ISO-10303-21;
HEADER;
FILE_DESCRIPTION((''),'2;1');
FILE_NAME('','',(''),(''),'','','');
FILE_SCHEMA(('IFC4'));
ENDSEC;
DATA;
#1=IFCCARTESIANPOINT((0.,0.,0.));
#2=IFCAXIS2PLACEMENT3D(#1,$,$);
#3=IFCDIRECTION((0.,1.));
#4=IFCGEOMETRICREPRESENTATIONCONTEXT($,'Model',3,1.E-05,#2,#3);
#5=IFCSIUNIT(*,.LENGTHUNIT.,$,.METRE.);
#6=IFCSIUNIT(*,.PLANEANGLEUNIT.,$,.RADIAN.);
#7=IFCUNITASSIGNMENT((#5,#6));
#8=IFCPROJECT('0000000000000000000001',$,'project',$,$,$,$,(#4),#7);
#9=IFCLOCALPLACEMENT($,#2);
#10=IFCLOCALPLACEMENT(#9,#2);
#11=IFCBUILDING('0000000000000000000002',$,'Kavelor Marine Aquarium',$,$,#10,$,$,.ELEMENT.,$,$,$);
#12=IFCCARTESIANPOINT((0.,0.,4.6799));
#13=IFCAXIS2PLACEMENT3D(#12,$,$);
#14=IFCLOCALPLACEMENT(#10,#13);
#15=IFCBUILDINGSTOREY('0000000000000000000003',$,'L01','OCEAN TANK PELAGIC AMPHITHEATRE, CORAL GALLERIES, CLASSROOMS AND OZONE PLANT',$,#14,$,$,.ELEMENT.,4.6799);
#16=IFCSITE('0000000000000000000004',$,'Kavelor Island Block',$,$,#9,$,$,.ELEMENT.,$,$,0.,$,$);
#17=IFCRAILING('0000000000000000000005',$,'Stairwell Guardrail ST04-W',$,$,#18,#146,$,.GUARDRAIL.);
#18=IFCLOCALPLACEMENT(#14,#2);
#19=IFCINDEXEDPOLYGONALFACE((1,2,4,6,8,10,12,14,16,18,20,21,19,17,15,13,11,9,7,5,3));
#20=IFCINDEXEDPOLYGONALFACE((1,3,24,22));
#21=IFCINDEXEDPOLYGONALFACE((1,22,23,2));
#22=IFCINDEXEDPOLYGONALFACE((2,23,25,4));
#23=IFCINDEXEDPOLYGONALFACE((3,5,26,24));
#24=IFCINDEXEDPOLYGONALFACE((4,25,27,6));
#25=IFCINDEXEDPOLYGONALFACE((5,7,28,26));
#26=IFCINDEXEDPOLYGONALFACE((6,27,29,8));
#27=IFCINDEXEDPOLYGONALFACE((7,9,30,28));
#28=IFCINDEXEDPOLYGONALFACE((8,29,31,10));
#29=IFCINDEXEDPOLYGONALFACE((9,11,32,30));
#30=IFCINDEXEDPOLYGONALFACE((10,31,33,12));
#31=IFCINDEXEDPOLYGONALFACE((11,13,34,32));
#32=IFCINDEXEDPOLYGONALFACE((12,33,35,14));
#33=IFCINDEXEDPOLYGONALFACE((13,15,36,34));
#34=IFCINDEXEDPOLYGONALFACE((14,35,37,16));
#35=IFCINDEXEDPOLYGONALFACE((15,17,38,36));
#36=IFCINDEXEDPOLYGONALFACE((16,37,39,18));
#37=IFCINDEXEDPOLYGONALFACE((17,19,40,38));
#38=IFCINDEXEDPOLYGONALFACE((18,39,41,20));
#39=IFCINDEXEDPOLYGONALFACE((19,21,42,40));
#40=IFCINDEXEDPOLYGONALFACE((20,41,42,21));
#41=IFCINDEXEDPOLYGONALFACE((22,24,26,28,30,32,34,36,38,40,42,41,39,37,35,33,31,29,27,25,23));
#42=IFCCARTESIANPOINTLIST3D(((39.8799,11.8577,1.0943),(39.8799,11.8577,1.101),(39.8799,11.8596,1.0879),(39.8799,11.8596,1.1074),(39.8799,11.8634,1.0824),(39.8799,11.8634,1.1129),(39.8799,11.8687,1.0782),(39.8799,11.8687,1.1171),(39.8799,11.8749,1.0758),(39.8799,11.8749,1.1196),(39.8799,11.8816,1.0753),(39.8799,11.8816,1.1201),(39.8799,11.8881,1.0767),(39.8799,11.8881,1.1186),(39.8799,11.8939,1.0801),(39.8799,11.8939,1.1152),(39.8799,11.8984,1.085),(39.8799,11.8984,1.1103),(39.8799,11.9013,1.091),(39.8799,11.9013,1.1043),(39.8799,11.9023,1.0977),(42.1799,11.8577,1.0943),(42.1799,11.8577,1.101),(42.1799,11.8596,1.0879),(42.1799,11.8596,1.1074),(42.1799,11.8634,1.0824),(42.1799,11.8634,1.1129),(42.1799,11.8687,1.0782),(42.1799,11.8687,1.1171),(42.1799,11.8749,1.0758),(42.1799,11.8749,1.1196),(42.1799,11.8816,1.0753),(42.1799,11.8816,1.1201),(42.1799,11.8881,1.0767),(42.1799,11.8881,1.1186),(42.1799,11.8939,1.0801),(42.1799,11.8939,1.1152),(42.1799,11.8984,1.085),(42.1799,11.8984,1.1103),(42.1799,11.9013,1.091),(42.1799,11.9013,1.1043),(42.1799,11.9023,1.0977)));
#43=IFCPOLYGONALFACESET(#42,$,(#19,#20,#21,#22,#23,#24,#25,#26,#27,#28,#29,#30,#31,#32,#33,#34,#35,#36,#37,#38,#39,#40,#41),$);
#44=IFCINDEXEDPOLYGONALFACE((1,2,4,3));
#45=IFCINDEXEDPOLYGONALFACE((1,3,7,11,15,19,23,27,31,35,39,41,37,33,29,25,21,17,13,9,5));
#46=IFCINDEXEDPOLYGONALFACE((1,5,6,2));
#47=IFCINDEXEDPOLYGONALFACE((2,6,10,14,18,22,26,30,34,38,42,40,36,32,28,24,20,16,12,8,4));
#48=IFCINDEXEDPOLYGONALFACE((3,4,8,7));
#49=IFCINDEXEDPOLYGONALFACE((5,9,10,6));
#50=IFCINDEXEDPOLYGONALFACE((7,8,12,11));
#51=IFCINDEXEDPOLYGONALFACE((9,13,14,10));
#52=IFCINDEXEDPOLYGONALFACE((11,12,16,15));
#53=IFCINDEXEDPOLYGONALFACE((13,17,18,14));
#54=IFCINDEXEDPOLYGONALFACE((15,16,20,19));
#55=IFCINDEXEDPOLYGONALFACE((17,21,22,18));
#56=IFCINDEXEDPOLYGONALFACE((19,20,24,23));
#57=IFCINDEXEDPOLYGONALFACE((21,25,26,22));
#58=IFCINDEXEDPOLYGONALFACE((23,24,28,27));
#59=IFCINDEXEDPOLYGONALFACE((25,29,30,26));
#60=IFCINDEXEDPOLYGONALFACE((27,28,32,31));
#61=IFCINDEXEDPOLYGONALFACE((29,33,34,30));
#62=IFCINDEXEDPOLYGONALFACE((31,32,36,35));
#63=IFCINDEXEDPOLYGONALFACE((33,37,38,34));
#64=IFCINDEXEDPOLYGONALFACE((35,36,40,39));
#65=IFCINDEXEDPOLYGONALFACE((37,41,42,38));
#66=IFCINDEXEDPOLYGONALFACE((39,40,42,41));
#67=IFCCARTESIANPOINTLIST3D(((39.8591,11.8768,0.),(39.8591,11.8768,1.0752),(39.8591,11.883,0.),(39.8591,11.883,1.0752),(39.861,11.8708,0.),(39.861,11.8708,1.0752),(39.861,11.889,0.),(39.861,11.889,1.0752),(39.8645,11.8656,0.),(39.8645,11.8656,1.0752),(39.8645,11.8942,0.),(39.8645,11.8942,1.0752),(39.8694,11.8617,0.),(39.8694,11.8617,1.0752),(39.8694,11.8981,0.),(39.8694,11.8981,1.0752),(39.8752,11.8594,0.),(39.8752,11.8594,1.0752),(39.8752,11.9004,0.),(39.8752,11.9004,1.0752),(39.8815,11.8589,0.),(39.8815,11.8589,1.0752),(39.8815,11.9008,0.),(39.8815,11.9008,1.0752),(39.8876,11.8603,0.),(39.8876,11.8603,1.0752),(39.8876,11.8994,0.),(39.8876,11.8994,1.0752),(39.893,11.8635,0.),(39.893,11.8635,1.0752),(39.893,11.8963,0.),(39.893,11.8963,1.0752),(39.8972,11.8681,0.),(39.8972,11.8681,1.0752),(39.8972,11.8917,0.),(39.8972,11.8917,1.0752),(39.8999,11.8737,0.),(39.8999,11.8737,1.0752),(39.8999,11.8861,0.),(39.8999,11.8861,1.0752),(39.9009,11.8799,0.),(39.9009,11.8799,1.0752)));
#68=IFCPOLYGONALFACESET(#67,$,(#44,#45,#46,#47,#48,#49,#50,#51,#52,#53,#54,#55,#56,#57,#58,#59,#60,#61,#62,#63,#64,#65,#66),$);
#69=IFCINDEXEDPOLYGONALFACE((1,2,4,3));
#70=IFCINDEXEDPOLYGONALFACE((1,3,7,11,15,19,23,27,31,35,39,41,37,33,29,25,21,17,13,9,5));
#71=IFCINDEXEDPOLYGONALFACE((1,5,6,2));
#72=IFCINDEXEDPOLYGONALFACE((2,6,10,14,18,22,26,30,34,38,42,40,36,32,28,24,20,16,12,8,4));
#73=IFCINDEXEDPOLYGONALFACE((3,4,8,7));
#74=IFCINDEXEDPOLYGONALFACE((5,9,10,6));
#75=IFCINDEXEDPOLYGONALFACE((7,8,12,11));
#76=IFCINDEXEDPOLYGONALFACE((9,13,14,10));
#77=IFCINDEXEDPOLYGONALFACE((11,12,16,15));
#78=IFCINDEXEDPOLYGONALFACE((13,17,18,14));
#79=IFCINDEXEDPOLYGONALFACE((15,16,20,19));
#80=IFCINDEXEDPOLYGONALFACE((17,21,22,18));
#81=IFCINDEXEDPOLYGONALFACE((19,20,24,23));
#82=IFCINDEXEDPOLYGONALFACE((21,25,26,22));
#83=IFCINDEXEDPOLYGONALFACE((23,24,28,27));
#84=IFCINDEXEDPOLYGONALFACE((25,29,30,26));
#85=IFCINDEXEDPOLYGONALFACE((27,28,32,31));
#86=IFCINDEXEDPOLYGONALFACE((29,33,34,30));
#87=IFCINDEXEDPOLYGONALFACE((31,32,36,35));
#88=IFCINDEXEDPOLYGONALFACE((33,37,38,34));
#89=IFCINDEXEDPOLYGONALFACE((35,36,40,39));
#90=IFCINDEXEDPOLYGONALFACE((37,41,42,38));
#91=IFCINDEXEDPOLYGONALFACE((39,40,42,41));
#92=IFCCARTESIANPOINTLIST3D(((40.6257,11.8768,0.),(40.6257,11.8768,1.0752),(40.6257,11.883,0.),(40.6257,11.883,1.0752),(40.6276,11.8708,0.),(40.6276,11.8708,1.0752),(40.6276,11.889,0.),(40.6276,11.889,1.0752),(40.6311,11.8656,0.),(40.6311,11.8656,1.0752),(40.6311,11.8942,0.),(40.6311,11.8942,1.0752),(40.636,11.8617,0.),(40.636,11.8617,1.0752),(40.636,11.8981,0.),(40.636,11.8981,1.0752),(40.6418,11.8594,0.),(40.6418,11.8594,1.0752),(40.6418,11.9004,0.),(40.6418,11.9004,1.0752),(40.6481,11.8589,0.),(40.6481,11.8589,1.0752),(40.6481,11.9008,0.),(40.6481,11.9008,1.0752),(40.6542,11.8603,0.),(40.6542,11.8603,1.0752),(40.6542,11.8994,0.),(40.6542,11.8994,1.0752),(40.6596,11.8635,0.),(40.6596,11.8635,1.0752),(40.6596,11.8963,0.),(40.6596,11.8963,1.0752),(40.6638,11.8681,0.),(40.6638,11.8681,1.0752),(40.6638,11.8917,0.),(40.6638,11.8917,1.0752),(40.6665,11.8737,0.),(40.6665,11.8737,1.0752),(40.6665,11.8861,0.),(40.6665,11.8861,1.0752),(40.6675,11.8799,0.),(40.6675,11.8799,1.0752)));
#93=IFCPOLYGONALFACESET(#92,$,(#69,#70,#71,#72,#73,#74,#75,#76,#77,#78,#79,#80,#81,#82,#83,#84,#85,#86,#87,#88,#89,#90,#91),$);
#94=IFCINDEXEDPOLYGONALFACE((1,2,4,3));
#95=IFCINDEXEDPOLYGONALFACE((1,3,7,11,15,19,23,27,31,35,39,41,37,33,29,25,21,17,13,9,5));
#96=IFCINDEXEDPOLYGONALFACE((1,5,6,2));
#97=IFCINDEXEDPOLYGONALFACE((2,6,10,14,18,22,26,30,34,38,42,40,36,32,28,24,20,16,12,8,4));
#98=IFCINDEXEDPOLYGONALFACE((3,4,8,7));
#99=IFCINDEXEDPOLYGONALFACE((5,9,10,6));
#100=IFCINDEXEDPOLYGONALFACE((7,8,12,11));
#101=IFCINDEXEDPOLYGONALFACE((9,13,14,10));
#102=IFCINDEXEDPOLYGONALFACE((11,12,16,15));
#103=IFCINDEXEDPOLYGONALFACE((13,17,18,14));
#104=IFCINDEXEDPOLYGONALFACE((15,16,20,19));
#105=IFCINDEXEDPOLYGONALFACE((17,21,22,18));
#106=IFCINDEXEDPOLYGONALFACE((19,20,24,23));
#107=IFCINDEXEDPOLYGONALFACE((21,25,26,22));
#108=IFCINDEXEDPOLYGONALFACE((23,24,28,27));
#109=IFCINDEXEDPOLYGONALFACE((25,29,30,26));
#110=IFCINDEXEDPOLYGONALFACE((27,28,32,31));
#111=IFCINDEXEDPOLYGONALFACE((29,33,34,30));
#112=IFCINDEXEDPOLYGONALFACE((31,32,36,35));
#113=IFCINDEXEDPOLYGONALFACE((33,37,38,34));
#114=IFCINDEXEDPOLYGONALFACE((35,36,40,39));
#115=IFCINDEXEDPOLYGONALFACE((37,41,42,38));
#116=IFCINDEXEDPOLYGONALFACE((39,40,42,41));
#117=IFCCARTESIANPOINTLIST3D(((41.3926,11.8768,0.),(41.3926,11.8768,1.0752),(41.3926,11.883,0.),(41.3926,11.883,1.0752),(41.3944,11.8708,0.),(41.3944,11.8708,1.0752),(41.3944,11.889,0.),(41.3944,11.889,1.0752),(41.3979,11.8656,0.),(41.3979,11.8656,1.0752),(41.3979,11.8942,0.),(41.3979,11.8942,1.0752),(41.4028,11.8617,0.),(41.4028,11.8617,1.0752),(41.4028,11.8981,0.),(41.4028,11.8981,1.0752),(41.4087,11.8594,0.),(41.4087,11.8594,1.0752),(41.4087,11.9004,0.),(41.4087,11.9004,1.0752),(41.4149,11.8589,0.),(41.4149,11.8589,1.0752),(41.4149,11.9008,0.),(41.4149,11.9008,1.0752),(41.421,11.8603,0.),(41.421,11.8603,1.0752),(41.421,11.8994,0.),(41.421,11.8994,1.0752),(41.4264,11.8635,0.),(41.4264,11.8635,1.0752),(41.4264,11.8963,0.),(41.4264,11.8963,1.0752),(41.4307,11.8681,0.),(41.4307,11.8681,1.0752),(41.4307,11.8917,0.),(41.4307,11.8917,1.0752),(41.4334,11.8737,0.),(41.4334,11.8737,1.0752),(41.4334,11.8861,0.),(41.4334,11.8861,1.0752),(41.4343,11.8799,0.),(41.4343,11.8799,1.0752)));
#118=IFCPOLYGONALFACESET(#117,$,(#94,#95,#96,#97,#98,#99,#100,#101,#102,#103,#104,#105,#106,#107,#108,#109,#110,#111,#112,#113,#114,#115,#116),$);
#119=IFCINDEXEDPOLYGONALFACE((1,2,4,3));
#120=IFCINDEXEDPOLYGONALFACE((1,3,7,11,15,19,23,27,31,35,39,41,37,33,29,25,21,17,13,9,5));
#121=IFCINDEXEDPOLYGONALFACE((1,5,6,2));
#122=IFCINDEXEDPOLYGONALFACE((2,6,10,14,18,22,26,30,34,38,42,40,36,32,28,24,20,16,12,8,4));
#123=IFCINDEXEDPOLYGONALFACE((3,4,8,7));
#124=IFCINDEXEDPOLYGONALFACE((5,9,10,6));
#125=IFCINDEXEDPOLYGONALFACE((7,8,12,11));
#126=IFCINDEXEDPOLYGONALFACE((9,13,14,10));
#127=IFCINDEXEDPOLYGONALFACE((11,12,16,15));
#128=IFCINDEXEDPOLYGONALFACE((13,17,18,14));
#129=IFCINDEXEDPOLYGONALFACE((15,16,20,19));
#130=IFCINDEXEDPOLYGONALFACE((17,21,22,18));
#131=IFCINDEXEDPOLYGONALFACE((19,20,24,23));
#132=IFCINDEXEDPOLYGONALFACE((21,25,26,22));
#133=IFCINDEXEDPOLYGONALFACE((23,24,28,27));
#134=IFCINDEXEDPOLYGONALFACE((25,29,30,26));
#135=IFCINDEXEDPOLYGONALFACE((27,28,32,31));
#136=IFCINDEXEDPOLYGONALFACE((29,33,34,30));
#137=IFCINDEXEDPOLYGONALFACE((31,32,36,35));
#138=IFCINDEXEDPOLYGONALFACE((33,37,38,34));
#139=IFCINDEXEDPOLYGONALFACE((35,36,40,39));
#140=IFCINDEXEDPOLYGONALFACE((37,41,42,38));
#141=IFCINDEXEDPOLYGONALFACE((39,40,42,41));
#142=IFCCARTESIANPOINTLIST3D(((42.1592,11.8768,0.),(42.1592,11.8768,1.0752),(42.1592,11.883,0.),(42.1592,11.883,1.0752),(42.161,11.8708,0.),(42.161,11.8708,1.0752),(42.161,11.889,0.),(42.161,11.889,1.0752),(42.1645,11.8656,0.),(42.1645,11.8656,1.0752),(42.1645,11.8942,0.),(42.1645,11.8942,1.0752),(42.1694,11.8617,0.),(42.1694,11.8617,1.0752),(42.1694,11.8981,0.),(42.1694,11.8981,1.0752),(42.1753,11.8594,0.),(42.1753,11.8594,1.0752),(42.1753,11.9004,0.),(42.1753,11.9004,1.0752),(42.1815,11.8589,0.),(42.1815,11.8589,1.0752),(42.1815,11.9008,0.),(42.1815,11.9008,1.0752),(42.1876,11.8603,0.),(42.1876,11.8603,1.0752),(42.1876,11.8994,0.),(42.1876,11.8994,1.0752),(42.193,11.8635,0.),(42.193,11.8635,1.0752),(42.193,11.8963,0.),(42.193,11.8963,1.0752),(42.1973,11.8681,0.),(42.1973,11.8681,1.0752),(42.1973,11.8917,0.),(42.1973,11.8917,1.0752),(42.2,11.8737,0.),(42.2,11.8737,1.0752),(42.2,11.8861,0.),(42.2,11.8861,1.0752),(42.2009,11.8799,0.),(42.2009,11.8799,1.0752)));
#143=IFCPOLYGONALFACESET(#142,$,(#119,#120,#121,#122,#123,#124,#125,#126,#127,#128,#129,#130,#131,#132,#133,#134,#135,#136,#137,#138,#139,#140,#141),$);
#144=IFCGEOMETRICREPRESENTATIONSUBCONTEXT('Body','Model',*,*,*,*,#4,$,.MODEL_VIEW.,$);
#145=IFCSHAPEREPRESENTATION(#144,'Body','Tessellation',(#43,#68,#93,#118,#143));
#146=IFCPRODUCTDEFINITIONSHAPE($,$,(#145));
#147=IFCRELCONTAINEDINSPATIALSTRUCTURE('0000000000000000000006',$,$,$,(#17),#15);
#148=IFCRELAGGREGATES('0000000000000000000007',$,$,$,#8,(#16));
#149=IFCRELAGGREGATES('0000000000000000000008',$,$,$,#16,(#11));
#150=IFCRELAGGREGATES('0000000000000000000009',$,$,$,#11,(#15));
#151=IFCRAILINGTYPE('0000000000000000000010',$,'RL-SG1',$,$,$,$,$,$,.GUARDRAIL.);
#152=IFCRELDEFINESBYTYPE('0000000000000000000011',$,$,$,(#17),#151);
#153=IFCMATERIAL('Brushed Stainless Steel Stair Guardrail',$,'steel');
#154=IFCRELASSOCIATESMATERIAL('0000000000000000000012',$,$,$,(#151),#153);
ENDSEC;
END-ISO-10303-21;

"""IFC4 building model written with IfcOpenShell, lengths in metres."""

from ifc_helpers import new_model, si_unit, direction, frame, origin, origin_2d, place, context, subcontext, project, spatial, circle, extrude, material, type_object, element, save


model = new_model("IFC4")

# Units and contexts
model_context = context("Model", 3, precision=1e-05, world=origin(), true_north=direction((0.0, 1.0)))
body_context = subcontext(model_context, "Body", "Model", "MODEL_VIEW")
ifc_project = project(units=[si_unit("LENGTHUNIT", "METRE"), si_unit("PLANEANGLEUNIT", "RADIAN")], contexts=[model_context])

# Site, building, storey
site_placement = place(None, origin())
site = spatial("IfcSite", under=ifc_project, at=site_placement, Name="Kavelor Island Block", CompositionType="ELEMENT", RefElevation=0.0)
building_placement = place(site_placement, origin())
building = spatial("IfcBuilding", under=site, at=building_placement, Name="Kavelor Marine Aquarium", CompositionType="ELEMENT")
storey_placement = place(building_placement, frame((0.0, 0.0, 4.6799)))
storey = spatial("IfcBuildingStorey", under=building, at=storey_placement, Name="L01", Description="OCEAN TANK PELAGIC AMPHITHEATRE, CORAL GALLERIES, CLASSROOMS AND OZONE PLANT", CompositionType="ELEMENT", Elevation=4.6799)

# Railing
ifc_material_1 = material(Name="Brushed Stainless Steel Stair Guardrail", Category="steel")
railing_type_1 = type_object("IfcRailingType", Name="RL-SG1", PredefinedType="GUARDRAIL", material=ifc_material_1)
railing_1_placement = place(storey_placement, frame((39.8799, 11.8799, 0.0)))
element("IfcRailing", 1, at=railing_1_placement, inside=storey, type_object=railing_type_1, Name="Stairwell Guardrail ST04-W", PredefinedType="GUARDRAIL", context=body_context, shape_type="SweptSolid", body=[
    extrude(circle(Radius=0.0225, at=origin_2d()), frame((0.0, 0.0, 1.0977), z_axis=(1.0, 0.0, 0.0), x_axis=(0.0, 1.0, 0.0)), (0.0, 0.0, 1.0), 2.3),
    extrude(circle(Radius=0.021, at=origin_2d()), origin(), (0.0, 0.0, 1.0), 1.0752),
    extrude(circle(Radius=0.021, at=origin_2d()), frame((0.7666, 0.0, 0.0)), (0.0, 0.0, 1.0), 1.0752),
    extrude(circle(Radius=0.021, at=origin_2d()), frame((1.5334, 0.0, 0.0)), (0.0, 0.0, 1.0), 1.0752),
    extrude(circle(Radius=0.021, at=origin_2d()), frame((2.3, 0.0, 0.0)), (0.0, 0.0, 1.0), 1.0752),
])

save(model, "model.ifc")
